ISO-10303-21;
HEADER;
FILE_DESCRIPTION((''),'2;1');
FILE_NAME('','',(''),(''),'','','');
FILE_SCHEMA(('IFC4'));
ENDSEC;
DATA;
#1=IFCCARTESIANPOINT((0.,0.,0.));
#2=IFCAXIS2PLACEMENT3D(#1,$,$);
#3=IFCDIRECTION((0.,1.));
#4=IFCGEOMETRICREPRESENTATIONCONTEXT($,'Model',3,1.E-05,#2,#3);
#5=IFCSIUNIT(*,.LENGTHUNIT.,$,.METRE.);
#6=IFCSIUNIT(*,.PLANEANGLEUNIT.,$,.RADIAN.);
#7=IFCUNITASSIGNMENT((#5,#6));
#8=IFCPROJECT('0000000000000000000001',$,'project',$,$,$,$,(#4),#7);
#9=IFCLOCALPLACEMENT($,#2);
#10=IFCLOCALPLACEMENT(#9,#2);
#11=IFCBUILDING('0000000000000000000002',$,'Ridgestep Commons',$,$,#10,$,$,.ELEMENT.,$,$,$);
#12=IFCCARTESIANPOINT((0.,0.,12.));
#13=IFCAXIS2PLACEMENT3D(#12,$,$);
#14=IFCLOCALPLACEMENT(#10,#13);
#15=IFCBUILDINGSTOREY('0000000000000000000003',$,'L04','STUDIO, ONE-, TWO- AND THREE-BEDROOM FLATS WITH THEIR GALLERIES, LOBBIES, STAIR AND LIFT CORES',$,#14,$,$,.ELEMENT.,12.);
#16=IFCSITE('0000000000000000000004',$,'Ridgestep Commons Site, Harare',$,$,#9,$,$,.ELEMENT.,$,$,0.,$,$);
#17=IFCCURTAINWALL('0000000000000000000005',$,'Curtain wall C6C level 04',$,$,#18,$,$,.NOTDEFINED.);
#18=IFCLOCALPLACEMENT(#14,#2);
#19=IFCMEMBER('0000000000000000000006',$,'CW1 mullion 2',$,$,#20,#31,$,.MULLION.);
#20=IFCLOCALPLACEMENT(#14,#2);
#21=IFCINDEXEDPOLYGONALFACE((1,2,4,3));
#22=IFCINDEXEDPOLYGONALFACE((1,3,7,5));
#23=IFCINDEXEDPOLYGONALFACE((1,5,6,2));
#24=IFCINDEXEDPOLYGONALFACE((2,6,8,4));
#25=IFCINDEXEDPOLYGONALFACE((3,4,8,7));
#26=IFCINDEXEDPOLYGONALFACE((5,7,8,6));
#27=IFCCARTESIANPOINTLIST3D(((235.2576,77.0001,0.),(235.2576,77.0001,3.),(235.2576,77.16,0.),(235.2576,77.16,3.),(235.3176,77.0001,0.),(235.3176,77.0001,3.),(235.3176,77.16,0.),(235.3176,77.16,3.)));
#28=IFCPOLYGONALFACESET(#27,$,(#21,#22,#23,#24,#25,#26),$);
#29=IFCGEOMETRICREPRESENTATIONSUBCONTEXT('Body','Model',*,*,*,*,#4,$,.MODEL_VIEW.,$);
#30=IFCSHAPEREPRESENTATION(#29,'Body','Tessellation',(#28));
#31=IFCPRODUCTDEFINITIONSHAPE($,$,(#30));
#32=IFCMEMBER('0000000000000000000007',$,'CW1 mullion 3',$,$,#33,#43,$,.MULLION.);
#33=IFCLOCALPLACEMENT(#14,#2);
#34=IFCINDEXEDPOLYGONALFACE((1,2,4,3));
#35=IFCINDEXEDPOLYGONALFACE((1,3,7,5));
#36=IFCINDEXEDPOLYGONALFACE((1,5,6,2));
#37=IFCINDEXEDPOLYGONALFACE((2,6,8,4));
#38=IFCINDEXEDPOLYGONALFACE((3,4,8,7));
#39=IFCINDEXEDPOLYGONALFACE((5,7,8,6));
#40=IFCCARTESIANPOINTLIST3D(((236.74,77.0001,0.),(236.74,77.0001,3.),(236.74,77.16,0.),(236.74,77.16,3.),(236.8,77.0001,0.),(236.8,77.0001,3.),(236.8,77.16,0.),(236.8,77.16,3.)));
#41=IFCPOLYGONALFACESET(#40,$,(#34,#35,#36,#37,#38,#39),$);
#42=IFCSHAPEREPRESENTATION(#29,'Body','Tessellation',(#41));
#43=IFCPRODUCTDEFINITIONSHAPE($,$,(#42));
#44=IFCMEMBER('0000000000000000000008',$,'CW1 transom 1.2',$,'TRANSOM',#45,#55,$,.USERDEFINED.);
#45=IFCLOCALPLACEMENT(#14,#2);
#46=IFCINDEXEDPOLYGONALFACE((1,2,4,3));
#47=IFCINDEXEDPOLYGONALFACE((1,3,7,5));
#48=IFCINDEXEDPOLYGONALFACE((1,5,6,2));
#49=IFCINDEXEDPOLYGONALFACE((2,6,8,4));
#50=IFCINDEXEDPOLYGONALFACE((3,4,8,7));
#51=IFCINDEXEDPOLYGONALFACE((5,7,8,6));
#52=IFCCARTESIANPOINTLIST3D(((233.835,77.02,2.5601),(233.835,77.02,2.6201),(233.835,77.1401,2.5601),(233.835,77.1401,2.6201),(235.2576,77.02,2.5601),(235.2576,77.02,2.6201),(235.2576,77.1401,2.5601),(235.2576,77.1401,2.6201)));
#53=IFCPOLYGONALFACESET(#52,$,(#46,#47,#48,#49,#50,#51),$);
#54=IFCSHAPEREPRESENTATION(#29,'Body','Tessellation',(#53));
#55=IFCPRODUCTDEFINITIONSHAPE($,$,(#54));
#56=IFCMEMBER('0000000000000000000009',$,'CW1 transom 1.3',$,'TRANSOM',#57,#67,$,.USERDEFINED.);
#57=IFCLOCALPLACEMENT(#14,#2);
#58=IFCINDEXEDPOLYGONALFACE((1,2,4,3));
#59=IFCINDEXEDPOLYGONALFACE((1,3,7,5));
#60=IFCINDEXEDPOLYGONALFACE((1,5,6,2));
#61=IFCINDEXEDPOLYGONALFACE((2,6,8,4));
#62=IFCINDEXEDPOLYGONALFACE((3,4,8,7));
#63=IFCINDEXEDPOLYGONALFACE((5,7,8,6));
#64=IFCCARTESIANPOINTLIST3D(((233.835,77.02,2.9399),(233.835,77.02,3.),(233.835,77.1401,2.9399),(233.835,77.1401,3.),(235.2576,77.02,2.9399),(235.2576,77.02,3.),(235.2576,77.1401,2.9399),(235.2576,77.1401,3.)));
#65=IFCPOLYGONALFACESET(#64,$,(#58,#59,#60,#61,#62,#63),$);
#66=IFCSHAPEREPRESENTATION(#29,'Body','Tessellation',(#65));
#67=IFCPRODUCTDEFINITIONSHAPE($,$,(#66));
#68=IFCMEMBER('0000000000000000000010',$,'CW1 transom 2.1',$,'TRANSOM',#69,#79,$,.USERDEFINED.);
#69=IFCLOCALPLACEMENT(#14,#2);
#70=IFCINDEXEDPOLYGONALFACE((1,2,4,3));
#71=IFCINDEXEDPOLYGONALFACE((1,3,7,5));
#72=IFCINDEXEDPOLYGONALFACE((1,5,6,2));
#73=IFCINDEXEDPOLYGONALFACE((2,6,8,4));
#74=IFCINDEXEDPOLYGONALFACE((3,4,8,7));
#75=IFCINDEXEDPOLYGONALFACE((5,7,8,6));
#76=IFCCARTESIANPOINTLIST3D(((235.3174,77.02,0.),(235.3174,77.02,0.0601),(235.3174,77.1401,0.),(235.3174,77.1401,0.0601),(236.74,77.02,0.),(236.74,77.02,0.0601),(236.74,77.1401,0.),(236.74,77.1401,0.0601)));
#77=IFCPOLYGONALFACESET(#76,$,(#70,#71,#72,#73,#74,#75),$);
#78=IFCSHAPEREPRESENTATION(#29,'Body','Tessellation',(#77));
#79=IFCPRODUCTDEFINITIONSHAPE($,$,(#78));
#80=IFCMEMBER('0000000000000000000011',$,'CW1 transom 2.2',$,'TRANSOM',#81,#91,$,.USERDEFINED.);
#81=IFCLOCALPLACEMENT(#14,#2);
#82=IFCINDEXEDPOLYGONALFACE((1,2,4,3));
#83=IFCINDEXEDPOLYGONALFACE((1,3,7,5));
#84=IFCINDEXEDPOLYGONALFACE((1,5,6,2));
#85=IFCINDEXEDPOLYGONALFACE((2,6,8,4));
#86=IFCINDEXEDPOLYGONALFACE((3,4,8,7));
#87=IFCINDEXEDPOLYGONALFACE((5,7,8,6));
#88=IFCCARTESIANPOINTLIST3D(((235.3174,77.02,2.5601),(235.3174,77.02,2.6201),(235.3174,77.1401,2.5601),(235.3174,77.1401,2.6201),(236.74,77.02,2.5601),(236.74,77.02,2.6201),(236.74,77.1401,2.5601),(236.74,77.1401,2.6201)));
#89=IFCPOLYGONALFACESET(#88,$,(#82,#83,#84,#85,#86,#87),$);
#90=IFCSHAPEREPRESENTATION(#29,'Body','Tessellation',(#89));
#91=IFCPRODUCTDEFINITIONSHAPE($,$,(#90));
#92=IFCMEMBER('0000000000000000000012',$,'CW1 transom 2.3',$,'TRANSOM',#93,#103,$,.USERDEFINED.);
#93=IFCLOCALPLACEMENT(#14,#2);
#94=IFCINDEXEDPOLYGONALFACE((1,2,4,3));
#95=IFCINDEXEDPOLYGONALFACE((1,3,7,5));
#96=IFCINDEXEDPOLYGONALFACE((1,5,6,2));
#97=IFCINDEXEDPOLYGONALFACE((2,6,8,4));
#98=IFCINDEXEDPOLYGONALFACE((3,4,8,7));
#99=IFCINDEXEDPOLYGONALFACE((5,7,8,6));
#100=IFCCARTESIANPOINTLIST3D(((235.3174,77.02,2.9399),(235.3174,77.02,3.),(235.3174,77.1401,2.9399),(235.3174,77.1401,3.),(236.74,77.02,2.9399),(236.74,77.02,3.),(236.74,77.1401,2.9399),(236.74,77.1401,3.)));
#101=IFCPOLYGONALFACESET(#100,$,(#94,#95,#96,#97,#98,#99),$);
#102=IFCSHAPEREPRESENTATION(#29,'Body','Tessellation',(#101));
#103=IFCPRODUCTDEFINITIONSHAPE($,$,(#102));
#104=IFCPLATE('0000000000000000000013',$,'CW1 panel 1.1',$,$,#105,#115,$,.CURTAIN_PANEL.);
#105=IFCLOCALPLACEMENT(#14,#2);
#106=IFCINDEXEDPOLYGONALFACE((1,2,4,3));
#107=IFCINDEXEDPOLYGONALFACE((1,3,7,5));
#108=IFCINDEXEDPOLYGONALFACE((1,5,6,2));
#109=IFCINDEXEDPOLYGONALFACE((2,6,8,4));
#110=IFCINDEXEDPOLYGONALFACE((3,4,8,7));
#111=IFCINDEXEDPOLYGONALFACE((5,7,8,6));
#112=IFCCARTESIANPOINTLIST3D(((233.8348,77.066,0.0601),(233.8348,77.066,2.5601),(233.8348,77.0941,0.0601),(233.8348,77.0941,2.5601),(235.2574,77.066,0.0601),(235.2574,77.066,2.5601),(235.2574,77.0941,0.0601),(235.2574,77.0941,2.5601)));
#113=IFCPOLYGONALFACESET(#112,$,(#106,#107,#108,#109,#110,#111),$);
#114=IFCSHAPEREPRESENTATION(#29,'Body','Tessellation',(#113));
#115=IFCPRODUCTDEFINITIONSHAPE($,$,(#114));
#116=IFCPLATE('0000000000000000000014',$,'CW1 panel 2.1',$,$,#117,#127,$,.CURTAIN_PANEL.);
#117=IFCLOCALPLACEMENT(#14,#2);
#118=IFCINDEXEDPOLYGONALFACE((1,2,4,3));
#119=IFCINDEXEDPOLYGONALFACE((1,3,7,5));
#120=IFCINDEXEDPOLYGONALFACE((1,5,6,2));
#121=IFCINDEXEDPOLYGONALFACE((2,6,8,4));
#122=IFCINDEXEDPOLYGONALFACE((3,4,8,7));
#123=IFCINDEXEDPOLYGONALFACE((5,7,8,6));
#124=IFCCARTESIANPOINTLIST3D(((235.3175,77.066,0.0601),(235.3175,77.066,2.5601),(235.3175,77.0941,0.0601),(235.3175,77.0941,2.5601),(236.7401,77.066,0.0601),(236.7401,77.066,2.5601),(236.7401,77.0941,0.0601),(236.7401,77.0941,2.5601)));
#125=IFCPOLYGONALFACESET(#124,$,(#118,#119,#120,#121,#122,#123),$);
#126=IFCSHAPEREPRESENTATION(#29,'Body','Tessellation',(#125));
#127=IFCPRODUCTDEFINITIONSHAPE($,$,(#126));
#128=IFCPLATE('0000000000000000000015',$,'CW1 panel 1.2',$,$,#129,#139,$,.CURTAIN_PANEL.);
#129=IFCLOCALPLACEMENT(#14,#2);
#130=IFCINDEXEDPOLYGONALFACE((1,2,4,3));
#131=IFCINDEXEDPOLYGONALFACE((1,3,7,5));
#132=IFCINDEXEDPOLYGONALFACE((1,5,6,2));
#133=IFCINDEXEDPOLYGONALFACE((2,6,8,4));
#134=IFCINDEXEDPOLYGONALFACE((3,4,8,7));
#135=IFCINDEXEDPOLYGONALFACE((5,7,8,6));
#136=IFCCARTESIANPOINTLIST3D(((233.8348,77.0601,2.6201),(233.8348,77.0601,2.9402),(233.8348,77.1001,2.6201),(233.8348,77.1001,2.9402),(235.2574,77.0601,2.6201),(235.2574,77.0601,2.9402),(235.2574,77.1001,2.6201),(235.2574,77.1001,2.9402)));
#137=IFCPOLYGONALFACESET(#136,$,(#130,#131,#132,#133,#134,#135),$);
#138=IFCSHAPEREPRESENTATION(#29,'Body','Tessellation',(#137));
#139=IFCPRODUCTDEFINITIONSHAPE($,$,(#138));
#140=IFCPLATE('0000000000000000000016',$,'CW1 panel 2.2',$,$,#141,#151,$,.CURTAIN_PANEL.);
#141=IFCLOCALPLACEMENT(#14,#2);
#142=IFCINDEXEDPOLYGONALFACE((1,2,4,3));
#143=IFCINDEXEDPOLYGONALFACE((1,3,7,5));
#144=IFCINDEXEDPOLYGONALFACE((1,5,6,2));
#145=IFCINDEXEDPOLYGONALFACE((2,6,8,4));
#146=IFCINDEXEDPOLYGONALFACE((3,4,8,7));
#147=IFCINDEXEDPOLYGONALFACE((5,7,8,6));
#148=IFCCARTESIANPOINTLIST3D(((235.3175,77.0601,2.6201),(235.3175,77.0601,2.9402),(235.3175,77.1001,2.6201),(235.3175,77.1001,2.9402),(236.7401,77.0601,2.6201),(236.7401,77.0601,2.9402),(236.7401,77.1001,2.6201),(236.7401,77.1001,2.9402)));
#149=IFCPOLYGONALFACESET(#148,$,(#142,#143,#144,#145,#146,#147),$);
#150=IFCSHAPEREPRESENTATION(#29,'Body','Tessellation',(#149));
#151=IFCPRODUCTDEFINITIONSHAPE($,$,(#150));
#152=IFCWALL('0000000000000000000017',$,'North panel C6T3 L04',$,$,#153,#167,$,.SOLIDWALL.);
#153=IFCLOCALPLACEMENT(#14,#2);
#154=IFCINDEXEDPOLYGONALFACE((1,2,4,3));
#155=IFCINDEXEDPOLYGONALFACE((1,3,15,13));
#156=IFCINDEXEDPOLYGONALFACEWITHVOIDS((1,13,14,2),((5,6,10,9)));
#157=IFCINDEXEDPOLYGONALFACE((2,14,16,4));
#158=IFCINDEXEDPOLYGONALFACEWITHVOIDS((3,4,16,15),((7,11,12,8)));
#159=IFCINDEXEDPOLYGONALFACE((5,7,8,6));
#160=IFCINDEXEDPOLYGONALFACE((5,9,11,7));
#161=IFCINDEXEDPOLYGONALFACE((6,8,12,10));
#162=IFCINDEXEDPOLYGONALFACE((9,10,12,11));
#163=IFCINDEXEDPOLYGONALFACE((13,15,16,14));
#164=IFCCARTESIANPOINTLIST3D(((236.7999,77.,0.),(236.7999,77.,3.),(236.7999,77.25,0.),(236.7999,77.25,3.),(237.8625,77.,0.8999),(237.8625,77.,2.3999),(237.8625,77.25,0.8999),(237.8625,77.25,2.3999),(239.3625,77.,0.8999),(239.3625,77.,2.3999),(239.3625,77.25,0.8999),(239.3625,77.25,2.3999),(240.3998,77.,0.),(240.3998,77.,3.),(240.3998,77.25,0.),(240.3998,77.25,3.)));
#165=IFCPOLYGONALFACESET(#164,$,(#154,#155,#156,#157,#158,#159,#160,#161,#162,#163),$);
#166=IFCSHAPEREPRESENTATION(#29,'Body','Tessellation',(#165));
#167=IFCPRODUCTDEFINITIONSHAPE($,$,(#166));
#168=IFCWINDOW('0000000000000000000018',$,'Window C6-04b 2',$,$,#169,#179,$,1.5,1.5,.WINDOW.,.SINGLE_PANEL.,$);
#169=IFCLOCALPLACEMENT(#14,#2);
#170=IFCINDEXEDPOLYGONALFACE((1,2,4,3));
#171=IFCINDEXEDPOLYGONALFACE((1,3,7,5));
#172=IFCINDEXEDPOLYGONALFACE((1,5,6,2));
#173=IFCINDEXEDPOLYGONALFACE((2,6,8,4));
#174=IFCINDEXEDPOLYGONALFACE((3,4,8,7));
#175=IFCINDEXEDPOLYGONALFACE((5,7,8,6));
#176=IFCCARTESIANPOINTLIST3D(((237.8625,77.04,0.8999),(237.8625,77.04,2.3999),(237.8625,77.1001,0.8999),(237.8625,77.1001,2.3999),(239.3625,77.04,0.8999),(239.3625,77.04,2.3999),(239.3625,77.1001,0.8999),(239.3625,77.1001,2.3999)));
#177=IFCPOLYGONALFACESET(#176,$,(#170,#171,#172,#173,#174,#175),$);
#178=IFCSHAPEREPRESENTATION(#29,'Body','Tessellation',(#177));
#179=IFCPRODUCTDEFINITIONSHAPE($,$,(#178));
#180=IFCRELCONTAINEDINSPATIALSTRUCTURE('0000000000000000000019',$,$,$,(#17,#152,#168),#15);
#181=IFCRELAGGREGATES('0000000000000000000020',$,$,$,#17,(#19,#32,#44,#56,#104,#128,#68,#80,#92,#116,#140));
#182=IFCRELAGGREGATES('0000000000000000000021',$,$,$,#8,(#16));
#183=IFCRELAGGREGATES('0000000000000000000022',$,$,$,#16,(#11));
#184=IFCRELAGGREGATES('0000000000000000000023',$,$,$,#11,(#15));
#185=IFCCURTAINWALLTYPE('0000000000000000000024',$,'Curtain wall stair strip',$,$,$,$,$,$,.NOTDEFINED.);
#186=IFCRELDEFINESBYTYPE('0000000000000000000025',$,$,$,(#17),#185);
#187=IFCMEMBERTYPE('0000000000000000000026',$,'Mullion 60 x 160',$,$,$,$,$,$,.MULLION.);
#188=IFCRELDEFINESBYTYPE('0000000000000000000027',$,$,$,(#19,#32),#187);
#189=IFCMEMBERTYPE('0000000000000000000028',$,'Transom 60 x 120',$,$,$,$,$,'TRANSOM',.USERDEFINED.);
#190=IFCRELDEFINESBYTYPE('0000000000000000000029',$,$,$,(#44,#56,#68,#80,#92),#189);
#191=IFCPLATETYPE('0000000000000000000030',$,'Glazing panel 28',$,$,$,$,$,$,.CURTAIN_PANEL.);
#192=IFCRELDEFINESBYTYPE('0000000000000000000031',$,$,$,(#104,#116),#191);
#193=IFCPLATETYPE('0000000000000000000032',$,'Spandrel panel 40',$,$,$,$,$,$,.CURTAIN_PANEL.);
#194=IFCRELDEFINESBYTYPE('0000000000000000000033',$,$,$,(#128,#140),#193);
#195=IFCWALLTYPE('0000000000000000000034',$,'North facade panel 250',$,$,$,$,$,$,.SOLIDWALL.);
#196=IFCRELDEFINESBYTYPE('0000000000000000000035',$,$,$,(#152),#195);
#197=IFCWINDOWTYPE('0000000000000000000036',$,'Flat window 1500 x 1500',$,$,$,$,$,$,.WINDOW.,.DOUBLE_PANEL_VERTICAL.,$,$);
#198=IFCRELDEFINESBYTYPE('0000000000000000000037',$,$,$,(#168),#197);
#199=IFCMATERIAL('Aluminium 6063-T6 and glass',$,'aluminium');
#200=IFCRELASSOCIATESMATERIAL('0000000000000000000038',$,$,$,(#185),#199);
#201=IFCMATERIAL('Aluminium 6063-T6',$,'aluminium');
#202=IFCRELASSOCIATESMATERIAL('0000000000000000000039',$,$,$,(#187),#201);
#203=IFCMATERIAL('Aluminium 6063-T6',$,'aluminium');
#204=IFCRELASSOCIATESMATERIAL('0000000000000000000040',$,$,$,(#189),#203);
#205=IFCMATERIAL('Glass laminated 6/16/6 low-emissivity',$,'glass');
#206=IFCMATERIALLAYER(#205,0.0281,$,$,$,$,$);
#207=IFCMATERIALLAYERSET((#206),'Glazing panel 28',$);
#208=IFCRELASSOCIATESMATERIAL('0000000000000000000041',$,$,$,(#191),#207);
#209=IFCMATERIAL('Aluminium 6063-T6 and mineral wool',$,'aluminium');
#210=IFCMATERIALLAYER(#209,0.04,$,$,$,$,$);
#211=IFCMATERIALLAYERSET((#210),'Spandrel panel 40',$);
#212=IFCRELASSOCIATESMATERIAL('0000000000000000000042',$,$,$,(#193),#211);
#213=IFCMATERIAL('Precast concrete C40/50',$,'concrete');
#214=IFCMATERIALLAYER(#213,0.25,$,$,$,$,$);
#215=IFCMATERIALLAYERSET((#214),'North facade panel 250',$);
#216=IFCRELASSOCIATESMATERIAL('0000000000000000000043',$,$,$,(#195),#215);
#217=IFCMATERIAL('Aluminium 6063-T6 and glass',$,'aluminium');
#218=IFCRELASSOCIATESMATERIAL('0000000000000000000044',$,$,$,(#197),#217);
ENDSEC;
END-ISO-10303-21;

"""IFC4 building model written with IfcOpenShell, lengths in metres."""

from ifc_helpers import new_model, si_unit, direction, frame, frame_2d, origin, origin_2d, place, context, subcontext, project, spatial, rectangle, extrude, material, layer, layer_set, material_profile, profile_set, type_object, element, fill, aggregate, save


model = new_model("IFC4")

# Units and contexts
model_context = context("Model", 3, precision=1e-05, world=origin(), true_north=direction((0.0, 1.0)))
body_context = subcontext(model_context, "Body", "Model", "MODEL_VIEW")
ifc_project = project(units=[si_unit("LENGTHUNIT", "METRE"), si_unit("PLANEANGLEUNIT", "RADIAN")], contexts=[model_context])

# Site, building, storey
site_placement = place(None, origin())
site = spatial("IfcSite", under=ifc_project, at=site_placement, Name="Ridgestep Commons Site, Harare", CompositionType="ELEMENT", RefElevation=0.0)
building_placement = place(site_placement, origin())
building = spatial("IfcBuilding", under=site, at=building_placement, Name="Ridgestep Commons", CompositionType="ELEMENT")
storey_placement = place(building_placement, frame((0.0, 0.0, 12.0)))
storey = spatial("IfcBuildingStorey", under=building, at=storey_placement, Name="L04", Description="STUDIO, ONE-, TWO- AND THREE-BEDROOM FLATS WITH THEIR GALLERIES, LOBBIES, STAIR AND LIFT CORES", CompositionType="ELEMENT", Elevation=12.0)

# Curtain wall, members, plates
ifc_material_1 = material(Name="Aluminium 6063-T6 and glass", Category="aluminium")
curtain_wall_type = type_object("IfcCurtainWallType", Name="Curtain wall stair strip", PredefinedType="NOTDEFINED", material=ifc_material_1)
curtain_wall_placement = place(storey_placement, origin())
curtain_wall = element("IfcCurtainWall", 1, at=curtain_wall_placement, inside=storey, type_object=curtain_wall_type, Name="Curtain wall C6C level 04", PredefinedType="NOTDEFINED")
ifc_material_2 = material(Name="Aluminium 6063-T6", Category="aluminium")
ifc_material_profile_1 = material_profile(ifc_material_2, rectangle(XDim=0.1599, YDim=0.0601, at=origin_2d()), Name="Mullion 60 x 160")
ifc_profile_set_1 = profile_set([ifc_material_profile_1], Name="Aluminium 6063-T6")
member_type_1 = type_object("IfcMemberType", Name="Mullion 60 x 160", PredefinedType="MULLION", material=ifc_profile_set_1)
member_1_placement = place(storey_placement, frame((235.2876, 77.0801, 0.0), z_axis=(0.0, 0.0, 1.0), x_axis=(0.0, 1.0, 0.0)))
member_1 = element("IfcMember", 2, at=member_1_placement, type_object=member_type_1, Name="CW1 mullion 2", PredefinedType="MULLION", context=body_context, shape_type="SweptSolid", body=[
    extrude(rectangle(XDim=0.1599, YDim=0.0601, at=origin_2d()), origin(), (0.0, 0.0, 1.0), 3.0),
])
member_2_placement = place(storey_placement, frame((236.77, 77.0801, 0.0), z_axis=(0.0, 0.0, 1.0), x_axis=(0.0, 1.0, 0.0)))
member_2 = element("IfcMember", 3, at=member_2_placement, type_object=member_type_1, Name="CW1 mullion 3", PredefinedType="MULLION", context=body_context, shape_type="SweptSolid", body=[
    extrude(rectangle(XDim=0.1599, YDim=0.0601, at=origin_2d()), origin(), (0.0, 0.0, 1.0), 3.0),
])
ifc_material_3 = material(Name="Aluminium 6063-T6", Category="aluminium")
ifc_material_profile_2 = material_profile(ifc_material_3, rectangle(XDim=0.1201, YDim=0.0601, at=origin_2d()), Name="Transom 60 x 120")
ifc_profile_set_2 = profile_set([ifc_material_profile_2], Name="Aluminium 6063-T6")
member_type_2 = type_object("IfcMemberType", Name="Transom 60 x 120", ElementType="TRANSOM", PredefinedType="USERDEFINED", material=ifc_profile_set_2)
member_3_placement = place(storey_placement, frame((233.835, 77.0801, 2.5901), z_axis=(1.0, 0.0, 0.0), x_axis=(0.0, 1.0, 0.0)))
member_3 = element("IfcMember", 4, at=member_3_placement, type_object=member_type_2, Name="CW1 transom 1.2", ObjectType="TRANSOM", PredefinedType="USERDEFINED", context=body_context, shape_type="SweptSolid", body=[
    extrude(rectangle(XDim=0.1201, YDim=0.0601, at=origin_2d()), origin(), (0.0, 0.0, 1.0), 1.4226),
])
member_4_placement = place(storey_placement, frame((233.835, 77.0801, 2.97), z_axis=(1.0, 0.0, 0.0), x_axis=(0.0, 1.0, 0.0)))
member_4 = element("IfcMember", 5, at=member_4_placement, type_object=member_type_2, Name="CW1 transom 1.3", ObjectType="TRANSOM", PredefinedType="USERDEFINED", context=body_context, shape_type="SweptSolid", body=[
    extrude(rectangle(XDim=0.1201, YDim=0.0601, at=origin_2d()), origin(), (0.0, 0.0, 1.0), 1.4226),
])
member_5_placement = place(storey_placement, frame((235.3174, 77.0801, 0.03), z_axis=(1.0, 0.0, 0.0), x_axis=(0.0, 1.0, 0.0)))
member_5 = element("IfcMember", 6, at=member_5_placement, type_object=member_type_2, Name="CW1 transom 2.1", ObjectType="TRANSOM", PredefinedType="USERDEFINED", context=body_context, shape_type="SweptSolid", body=[
    extrude(rectangle(XDim=0.1201, YDim=0.0601, at=origin_2d()), origin(), (0.0, 0.0, 1.0), 1.4226),
])
member_6_placement = place(storey_placement, frame((235.3174, 77.0801, 2.5901), z_axis=(1.0, 0.0, 0.0), x_axis=(0.0, 1.0, 0.0)))
member_6 = element("IfcMember", 7, at=member_6_placement, type_object=member_type_2, Name="CW1 transom 2.2", ObjectType="TRANSOM", PredefinedType="USERDEFINED", context=body_context, shape_type="SweptSolid", body=[
    extrude(rectangle(XDim=0.1201, YDim=0.0601, at=origin_2d()), origin(), (0.0, 0.0, 1.0), 1.4226),
])
member_7_placement = place(storey_placement, frame((235.3174, 77.0801, 2.97), z_axis=(1.0, 0.0, 0.0), x_axis=(0.0, 1.0, 0.0)))
member_7 = element("IfcMember", 8, at=member_7_placement, type_object=member_type_2, Name="CW1 transom 2.3", ObjectType="TRANSOM", PredefinedType="USERDEFINED", context=body_context, shape_type="SweptSolid", body=[
    extrude(rectangle(XDim=0.1201, YDim=0.0601, at=origin_2d()), origin(), (0.0, 0.0, 1.0), 1.4226),
])
ifc_material_4 = material(Name="Glass laminated 6/16/6 low-emissivity", Category="glass")
ifc_layer_1 = layer(ifc_material_4, 0.0281)
ifc_layer_set_1 = layer_set([ifc_layer_1], Name="Glazing panel 28")
plate_type_1 = type_object("IfcPlateType", Name="Glazing panel 28", PredefinedType="CURTAIN_PANEL", material=ifc_layer_set_1)
plate_1_placement = place(storey_placement, frame((234.5461, 77.0801, 0.0601), z_axis=(0.0, 0.0, 1.0), x_axis=(1.0, 0.0, 0.0)))
plate_1 = element("IfcPlate", 9, at=plate_1_placement, type_object=plate_type_1, Name="CW1 panel 1.1", PredefinedType="CURTAIN_PANEL", context=body_context, shape_type="SweptSolid", body=[
    extrude(rectangle(XDim=1.4226, YDim=0.0281, at=origin_2d()), origin(), (0.0, 0.0, 1.0), 2.5),
])
plate_2_placement = place(storey_placement, frame((236.0288, 77.0801, 0.0601), z_axis=(0.0, 0.0, 1.0), x_axis=(1.0, 0.0, 0.0)))
plate_2 = element("IfcPlate", 10, at=plate_2_placement, type_object=plate_type_1, Name="CW1 panel 2.1", PredefinedType="CURTAIN_PANEL", context=body_context, shape_type="SweptSolid", body=[
    extrude(rectangle(XDim=1.4226, YDim=0.0281, at=origin_2d()), origin(), (0.0, 0.0, 1.0), 2.5),
])
ifc_material_5 = material(Name="Aluminium 6063-T6 and mineral wool", Category="aluminium")
ifc_layer_2 = layer(ifc_material_5, 0.04)
ifc_layer_set_2 = layer_set([ifc_layer_2], Name="Spandrel panel 40")
plate_type_2 = type_object("IfcPlateType", Name="Spandrel panel 40", PredefinedType="CURTAIN_PANEL", material=ifc_layer_set_2)
plate_3_placement = place(storey_placement, frame((234.5461, 77.0801, 2.6201), z_axis=(0.0, 0.0, 1.0), x_axis=(1.0, 0.0, 0.0)))
plate_3 = element("IfcPlate", 11, at=plate_3_placement, type_object=plate_type_2, Name="CW1 panel 1.2", PredefinedType="CURTAIN_PANEL", context=body_context, shape_type="SweptSolid", body=[
    extrude(rectangle(XDim=1.4226, YDim=0.04, at=origin_2d()), origin(), (0.0, 0.0, 1.0), 0.3201),
])
plate_4_placement = place(storey_placement, frame((236.0288, 77.0801, 2.6201), z_axis=(0.0, 0.0, 1.0), x_axis=(1.0, 0.0, 0.0)))
plate_4 = element("IfcPlate", 12, at=plate_4_placement, type_object=plate_type_2, Name="CW1 panel 2.2", PredefinedType="CURTAIN_PANEL", context=body_context, shape_type="SweptSolid", body=[
    extrude(rectangle(XDim=1.4226, YDim=0.04, at=origin_2d()), origin(), (0.0, 0.0, 1.0), 0.3201),
])
aggregate(curtain_wall, [member_1, member_2, member_3, member_4, plate_1, plate_3, member_5, member_6, member_7, plate_2, plate_4])

# Wall, opening, window
ifc_material_6 = material(Name="Precast concrete C40/50", Category="concrete")
ifc_layer_3 = layer(ifc_material_6, 0.25)
ifc_layer_set_3 = layer_set([ifc_layer_3], Name="North facade panel 250")
wall_type = type_object("IfcWallType", Name="North facade panel 250", PredefinedType="SOLIDWALL", material=ifc_layer_set_3)
wall_1_placement = place(storey_placement, frame((236.8, 77.125, 0.0), z_axis=(0.0, 0.0, 1.0), x_axis=(1.0, 0.0, 0.0)))
wall_1 = element("IfcWall", 13, at=wall_1_placement, inside=storey, type_object=wall_type, Name="North panel C6T3 L04", PredefinedType="SOLIDWALL", context=body_context, shape_type="SweptSolid", body=[
    extrude(rectangle(XDim=3.5999, YDim=0.25, at=frame_2d((1.7998, 0.0))), origin(), (0.0, 0.0, 1.0), 3.0),
])
opening_1_placement = place(wall_1_placement, frame((1.0625, 0.0, 0.8999)))
opening_1 = element("IfcOpeningElement", 14, at=opening_1_placement, cuts=wall_1, PredefinedType="OPENING", context=body_context, shape_type="SweptSolid", body=[
    extrude(rectangle(XDim=1.5, YDim=1.5, at=frame_2d((0.75, 0.75))), frame((0.0, 0.135, 0.0), z_axis=(0.0, -1.0, 0.0), x_axis=(1.0, 0.0, 0.0)), (0.0, 0.0, 1.0), 0.27),
])
ifc_material_7 = material(Name="Aluminium 6063-T6 and glass", Category="aluminium")
window_type = type_object("IfcWindowType", Name="Flat window 1500 x 1500", PartitioningType="DOUBLE_PANEL_VERTICAL", PredefinedType="WINDOW", material=ifc_material_7)
window_1_placement = place(opening_1_placement, origin())
window_1 = element("IfcWindow", 15, at=window_1_placement, inside=storey, type_object=window_type, Name="Window C6-04b 2", OverallHeight=1.5, OverallWidth=1.5, PartitioningType="SINGLE_PANEL", PredefinedType="WINDOW", context=body_context, shape_type="SweptSolid", body=[
    extrude(rectangle(XDim=1.5, YDim=1.5, at=frame_2d((0.75, 0.75))), frame((0.0, -0.0249, 0.0), z_axis=(0.0, -1.0, 0.0), x_axis=(1.0, 0.0, 0.0)), (0.0, 0.0, 1.0), 0.0601),
])
fill(opening_1, window_1)

save(model, "model.ifc")
